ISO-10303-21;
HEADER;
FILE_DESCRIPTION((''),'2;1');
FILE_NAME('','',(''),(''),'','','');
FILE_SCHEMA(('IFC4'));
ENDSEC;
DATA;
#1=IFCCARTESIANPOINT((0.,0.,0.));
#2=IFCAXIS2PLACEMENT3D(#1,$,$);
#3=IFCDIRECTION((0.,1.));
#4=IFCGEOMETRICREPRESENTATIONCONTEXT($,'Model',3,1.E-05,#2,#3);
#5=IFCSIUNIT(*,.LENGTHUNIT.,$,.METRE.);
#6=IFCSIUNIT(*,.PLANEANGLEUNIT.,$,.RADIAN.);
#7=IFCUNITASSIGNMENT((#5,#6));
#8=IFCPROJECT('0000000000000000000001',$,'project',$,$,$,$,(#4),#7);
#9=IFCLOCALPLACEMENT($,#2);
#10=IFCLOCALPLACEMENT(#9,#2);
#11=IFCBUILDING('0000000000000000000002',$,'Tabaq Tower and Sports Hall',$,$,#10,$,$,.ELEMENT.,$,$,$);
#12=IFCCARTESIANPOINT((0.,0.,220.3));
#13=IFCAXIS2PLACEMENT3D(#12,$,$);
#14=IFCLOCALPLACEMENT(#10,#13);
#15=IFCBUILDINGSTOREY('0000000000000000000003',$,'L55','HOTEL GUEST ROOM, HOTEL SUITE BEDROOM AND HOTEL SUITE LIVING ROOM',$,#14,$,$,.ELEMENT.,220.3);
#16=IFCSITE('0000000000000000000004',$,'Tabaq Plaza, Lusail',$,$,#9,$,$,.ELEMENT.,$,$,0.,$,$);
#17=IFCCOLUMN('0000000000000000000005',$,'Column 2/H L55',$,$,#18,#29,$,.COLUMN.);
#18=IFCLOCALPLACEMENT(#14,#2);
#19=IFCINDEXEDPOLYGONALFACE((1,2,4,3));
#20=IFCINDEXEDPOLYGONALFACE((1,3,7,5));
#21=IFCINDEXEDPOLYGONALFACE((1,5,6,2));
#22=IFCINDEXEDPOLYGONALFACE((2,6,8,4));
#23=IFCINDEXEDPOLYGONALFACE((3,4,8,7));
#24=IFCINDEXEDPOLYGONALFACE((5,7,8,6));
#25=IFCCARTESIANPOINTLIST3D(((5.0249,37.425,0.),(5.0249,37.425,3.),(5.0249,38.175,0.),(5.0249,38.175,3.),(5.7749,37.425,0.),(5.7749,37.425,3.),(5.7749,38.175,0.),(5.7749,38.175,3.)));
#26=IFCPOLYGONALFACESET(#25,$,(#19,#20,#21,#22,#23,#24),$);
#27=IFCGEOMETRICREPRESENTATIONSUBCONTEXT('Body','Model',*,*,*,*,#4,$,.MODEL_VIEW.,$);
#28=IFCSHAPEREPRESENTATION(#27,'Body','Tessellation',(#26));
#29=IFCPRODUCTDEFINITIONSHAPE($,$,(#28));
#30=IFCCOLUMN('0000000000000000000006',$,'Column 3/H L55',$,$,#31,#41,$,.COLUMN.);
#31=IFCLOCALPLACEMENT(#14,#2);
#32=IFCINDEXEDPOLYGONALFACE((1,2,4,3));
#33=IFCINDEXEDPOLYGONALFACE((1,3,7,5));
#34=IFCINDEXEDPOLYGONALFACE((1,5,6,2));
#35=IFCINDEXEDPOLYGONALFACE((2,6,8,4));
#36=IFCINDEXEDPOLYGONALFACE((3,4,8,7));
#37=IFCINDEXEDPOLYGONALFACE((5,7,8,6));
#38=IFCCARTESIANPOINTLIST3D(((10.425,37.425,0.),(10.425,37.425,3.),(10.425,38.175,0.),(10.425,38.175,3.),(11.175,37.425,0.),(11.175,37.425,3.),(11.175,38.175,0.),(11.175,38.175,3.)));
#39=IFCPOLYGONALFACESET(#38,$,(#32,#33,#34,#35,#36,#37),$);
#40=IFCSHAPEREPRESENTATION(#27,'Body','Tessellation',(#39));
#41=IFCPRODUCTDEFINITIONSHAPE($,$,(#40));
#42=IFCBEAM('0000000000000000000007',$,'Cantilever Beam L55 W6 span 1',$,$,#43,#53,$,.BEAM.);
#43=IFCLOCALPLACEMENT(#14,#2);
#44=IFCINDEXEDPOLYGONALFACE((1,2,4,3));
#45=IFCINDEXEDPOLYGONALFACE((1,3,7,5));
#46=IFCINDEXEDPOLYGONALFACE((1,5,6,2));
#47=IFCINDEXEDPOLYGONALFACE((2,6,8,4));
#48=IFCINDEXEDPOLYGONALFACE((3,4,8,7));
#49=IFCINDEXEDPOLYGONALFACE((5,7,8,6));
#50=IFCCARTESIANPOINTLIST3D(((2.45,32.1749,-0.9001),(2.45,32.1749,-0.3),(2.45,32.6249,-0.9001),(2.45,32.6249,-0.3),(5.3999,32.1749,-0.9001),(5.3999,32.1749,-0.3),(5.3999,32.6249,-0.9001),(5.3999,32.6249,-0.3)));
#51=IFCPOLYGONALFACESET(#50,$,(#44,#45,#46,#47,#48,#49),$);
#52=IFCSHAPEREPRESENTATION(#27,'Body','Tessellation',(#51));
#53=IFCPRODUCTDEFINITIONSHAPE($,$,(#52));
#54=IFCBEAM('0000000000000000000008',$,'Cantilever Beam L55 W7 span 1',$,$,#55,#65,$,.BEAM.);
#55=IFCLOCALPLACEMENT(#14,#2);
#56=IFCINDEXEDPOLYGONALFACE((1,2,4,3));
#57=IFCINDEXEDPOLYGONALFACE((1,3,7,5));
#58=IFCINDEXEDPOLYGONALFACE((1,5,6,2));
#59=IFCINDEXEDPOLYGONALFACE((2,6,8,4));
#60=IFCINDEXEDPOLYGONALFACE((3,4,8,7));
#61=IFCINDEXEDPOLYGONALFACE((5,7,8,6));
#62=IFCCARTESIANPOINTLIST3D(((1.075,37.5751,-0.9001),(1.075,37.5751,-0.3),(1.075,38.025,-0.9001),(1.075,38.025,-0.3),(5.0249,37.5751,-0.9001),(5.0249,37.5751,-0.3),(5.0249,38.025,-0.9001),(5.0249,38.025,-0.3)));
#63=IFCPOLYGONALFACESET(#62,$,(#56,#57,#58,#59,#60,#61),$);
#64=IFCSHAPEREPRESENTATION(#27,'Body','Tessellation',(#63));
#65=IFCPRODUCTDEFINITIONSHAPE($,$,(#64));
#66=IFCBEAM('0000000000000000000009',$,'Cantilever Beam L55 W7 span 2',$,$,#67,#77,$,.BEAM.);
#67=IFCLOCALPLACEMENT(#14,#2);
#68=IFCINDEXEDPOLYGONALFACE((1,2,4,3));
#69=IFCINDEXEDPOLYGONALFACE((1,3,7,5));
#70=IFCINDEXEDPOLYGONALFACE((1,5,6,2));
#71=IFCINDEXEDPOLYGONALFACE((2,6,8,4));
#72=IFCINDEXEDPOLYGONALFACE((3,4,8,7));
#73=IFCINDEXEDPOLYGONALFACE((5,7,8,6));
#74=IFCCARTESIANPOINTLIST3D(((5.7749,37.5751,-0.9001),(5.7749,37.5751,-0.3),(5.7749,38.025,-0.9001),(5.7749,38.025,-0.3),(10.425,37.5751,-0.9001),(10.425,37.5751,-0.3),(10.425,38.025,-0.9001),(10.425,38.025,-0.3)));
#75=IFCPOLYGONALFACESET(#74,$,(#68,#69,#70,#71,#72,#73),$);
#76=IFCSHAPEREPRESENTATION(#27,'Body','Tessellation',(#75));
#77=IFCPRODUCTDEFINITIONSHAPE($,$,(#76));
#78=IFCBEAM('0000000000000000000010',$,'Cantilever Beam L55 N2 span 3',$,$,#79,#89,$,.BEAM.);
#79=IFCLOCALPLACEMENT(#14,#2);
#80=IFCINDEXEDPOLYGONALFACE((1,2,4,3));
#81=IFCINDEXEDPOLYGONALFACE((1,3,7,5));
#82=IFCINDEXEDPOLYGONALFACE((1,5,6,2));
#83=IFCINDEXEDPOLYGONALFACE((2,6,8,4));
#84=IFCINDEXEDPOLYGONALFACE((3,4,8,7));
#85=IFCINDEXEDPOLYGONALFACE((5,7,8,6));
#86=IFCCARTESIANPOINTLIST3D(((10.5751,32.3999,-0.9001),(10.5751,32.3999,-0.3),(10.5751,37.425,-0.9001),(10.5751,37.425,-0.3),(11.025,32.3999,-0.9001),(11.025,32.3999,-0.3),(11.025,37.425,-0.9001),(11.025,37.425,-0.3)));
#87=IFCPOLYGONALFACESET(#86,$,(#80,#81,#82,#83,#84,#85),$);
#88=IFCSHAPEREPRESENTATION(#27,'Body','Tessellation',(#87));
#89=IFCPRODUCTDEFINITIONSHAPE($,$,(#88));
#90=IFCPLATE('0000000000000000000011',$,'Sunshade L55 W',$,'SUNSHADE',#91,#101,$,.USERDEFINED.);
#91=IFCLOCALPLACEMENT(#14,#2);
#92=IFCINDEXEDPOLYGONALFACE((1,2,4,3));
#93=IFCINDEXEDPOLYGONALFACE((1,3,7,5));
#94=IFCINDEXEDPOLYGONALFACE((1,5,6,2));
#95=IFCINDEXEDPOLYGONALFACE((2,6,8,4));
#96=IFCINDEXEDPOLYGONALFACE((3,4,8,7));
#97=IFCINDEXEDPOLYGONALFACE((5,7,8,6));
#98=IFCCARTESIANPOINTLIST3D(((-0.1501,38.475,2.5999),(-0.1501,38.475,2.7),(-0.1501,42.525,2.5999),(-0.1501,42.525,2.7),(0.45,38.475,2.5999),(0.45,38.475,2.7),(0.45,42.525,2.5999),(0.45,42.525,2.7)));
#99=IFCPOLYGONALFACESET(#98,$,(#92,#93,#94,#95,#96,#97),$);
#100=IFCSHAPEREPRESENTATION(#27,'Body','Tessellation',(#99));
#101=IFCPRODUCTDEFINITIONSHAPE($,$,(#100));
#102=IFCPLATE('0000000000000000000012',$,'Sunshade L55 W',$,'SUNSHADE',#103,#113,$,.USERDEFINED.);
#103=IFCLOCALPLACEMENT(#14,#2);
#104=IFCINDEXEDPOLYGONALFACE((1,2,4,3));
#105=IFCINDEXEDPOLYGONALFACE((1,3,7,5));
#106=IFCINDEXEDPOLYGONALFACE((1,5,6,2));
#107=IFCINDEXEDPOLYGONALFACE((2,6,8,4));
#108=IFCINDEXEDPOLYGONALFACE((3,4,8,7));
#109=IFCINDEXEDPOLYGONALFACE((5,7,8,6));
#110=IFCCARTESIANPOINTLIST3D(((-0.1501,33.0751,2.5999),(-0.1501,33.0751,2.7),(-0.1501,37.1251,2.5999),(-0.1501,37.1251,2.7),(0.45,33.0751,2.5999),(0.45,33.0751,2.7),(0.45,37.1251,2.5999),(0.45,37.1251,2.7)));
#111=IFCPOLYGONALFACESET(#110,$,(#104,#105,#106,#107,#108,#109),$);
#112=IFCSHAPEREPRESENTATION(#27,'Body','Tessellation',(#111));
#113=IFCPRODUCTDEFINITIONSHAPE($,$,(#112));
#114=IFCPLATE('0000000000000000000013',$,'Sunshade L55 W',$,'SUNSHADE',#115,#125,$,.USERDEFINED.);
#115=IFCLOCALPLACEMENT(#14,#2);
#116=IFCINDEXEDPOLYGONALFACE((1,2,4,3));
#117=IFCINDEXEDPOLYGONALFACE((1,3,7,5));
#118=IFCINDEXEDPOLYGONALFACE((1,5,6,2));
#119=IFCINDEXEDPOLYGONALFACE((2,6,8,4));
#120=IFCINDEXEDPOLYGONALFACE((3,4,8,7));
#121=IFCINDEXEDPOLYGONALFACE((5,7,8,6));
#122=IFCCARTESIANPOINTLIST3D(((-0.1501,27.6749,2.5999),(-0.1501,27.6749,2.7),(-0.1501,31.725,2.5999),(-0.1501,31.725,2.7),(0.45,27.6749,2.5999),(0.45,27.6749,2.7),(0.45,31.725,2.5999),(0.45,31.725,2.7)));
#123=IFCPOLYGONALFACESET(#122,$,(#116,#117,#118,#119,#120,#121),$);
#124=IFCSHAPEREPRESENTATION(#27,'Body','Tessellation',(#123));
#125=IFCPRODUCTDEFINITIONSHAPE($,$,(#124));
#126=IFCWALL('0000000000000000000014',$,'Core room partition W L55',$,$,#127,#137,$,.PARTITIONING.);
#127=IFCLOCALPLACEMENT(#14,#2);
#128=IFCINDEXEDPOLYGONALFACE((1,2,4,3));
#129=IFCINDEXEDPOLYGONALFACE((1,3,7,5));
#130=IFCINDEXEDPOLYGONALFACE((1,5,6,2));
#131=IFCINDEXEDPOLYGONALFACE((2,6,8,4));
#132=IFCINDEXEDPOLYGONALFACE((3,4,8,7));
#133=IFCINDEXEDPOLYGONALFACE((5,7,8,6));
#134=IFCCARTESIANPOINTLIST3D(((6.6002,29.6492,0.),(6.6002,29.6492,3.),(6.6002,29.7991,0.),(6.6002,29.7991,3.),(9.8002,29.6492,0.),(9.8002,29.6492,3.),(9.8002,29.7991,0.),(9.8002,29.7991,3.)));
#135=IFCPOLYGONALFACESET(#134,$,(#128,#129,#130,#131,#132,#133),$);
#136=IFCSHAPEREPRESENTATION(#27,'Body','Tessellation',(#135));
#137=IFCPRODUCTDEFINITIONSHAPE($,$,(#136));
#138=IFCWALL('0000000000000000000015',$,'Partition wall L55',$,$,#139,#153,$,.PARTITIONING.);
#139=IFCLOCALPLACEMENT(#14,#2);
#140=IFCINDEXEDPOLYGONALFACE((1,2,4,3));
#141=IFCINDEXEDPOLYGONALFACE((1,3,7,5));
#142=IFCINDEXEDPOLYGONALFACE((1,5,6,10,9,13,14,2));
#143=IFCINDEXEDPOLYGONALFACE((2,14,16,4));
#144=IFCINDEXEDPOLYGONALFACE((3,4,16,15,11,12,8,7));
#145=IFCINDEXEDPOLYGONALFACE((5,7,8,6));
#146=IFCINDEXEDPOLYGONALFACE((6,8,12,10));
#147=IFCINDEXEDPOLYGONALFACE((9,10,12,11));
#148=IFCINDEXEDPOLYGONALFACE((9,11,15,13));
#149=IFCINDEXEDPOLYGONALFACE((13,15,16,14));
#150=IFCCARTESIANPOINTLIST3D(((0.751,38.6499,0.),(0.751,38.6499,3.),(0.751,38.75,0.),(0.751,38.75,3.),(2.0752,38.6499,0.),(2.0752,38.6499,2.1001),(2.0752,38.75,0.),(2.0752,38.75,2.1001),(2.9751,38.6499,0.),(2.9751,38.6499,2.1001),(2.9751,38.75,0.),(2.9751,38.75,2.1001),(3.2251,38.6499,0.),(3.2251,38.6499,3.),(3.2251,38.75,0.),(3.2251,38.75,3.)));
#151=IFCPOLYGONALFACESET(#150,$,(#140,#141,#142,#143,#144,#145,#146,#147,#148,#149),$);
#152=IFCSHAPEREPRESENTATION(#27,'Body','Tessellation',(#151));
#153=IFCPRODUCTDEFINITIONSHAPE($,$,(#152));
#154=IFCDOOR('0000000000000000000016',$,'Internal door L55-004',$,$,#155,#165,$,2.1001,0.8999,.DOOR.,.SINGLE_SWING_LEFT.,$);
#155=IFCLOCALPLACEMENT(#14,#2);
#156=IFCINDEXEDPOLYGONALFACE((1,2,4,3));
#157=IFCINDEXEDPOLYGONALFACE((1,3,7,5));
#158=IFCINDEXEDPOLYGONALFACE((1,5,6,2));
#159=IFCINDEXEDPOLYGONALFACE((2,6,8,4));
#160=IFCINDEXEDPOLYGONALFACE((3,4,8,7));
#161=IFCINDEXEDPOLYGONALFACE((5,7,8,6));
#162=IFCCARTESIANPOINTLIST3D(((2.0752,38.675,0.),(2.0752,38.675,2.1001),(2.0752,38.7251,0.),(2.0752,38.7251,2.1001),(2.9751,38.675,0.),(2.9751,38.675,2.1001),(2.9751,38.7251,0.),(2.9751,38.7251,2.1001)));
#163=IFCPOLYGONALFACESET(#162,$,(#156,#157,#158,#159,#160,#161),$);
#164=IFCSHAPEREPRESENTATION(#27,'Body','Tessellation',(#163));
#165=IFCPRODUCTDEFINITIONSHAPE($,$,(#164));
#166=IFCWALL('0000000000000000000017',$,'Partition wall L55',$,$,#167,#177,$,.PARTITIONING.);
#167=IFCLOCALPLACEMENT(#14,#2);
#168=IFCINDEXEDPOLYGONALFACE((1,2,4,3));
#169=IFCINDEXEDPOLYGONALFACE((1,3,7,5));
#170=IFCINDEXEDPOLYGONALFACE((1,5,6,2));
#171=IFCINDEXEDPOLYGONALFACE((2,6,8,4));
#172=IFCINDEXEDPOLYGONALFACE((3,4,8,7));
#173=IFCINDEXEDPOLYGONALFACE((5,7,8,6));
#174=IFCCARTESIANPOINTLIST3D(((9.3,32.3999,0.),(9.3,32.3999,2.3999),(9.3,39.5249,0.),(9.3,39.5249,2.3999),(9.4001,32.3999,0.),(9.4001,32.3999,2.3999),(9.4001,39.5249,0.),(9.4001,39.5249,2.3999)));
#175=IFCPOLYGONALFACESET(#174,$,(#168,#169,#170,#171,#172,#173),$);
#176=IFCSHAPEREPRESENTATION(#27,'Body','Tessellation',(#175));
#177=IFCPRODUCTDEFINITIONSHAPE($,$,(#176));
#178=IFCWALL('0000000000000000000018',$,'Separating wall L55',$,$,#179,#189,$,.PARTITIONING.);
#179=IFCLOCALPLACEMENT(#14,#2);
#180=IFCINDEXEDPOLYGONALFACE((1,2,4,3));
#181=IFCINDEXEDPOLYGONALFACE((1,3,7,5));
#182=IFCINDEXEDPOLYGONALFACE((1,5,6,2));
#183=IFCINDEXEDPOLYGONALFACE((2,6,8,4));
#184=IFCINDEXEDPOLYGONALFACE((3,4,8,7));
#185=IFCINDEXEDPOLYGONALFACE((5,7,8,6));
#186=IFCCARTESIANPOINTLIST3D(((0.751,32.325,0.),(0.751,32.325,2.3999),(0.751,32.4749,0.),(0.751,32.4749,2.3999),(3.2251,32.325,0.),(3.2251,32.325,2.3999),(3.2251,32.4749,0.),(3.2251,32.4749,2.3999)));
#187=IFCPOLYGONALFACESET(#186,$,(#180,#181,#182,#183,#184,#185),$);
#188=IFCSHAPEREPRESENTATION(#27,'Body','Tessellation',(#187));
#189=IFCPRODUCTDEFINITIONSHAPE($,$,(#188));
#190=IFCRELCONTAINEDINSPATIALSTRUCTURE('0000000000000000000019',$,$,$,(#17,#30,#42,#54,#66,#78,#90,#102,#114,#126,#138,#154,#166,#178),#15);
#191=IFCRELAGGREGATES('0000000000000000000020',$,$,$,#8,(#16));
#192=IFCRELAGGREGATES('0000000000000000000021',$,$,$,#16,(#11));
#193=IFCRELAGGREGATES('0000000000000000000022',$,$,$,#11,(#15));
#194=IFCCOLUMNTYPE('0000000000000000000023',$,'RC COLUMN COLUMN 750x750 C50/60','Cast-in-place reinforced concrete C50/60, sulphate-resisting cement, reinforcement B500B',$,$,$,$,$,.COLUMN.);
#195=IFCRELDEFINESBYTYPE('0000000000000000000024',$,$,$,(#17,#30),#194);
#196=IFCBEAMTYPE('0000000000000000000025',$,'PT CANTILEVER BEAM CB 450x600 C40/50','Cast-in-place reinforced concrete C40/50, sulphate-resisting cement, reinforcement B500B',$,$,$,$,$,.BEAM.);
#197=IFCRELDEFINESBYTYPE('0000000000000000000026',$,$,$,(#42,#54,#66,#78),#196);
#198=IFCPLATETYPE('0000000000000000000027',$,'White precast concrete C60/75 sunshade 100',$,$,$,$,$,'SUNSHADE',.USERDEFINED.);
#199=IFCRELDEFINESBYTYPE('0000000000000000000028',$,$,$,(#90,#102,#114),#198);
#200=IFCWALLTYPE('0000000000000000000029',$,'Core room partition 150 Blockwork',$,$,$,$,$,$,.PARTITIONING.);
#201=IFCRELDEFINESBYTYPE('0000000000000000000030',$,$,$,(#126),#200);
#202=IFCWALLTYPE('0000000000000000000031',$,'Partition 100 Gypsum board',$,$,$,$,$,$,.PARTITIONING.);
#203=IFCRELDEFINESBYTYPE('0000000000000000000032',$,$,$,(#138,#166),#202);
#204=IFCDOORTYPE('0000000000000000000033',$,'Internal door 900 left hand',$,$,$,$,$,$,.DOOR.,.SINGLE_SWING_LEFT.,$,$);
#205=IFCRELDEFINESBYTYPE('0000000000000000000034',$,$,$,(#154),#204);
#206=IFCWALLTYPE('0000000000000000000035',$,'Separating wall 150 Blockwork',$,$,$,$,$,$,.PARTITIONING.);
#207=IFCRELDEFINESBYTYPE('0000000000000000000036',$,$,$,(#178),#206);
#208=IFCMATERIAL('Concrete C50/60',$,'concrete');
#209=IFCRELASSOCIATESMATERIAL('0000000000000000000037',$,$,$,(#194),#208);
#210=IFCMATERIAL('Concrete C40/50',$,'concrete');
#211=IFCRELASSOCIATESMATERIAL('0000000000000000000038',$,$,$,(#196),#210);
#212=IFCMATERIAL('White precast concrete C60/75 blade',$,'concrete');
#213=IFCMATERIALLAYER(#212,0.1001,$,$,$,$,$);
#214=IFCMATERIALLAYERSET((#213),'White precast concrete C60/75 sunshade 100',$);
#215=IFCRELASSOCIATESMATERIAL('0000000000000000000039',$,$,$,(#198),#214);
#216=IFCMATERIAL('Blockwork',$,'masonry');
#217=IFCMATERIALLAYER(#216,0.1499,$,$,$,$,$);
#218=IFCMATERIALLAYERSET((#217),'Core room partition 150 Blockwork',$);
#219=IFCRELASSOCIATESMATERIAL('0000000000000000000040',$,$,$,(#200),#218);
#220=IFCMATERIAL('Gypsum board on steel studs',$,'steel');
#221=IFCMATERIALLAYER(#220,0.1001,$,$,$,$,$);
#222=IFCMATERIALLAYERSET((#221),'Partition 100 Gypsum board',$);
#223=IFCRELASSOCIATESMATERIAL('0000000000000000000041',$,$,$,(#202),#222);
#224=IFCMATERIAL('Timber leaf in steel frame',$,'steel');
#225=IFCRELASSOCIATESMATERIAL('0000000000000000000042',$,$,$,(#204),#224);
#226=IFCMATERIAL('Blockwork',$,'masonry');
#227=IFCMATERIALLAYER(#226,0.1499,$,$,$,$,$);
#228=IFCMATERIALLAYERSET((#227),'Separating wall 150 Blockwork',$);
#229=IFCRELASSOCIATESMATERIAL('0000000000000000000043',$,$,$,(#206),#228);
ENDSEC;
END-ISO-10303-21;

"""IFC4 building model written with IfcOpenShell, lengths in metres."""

from ifc_helpers import new_model, si_unit, direction, frame, frame_2d, origin, origin_2d, place, context, subcontext, project, spatial, rectangle, extrude, material, layer, layer_set, material_profile, profile_set, type_object, element, fill, save


model = new_model("IFC4")

# Units and contexts
model_context = context("Model", 3, precision=1e-05, world=origin(), true_north=direction((0.0, 1.0)))
body_context = subcontext(model_context, "Body", "Model", "MODEL_VIEW")
ifc_project = project(units=[si_unit("LENGTHUNIT", "METRE"), si_unit("PLANEANGLEUNIT", "RADIAN")], contexts=[model_context])

# Site, building, storey
site_placement = place(None, origin())
site = spatial("IfcSite", under=ifc_project, at=site_placement, Name="Tabaq Plaza, Lusail", CompositionType="ELEMENT", RefElevation=0.0)
building_placement = place(site_placement, origin())
building = spatial("IfcBuilding", under=site, at=building_placement, Name="Tabaq Tower and Sports Hall", CompositionType="ELEMENT")
storey_placement = place(building_placement, frame((0.0, 0.0, 220.3)))
storey = spatial("IfcBuildingStorey", under=building, at=storey_placement, Name="L55", Description="HOTEL GUEST ROOM, HOTEL SUITE BEDROOM AND HOTEL SUITE LIVING ROOM", CompositionType="ELEMENT", Elevation=220.3)

# Columns
ifc_material_1 = material(Name="Concrete C50/60", Category="concrete")
ifc_material_profile_1 = material_profile(ifc_material_1, rectangle(XDim=0.75, YDim=0.75, at=origin_2d()), Name="COLUMN 750x750")
ifc_profile_set_1 = profile_set([ifc_material_profile_1], Name="Concrete C50/60")
column_type = type_object("IfcColumnType", Name="RC COLUMN COLUMN 750x750 C50/60", Description="Cast-in-place reinforced concrete C50/60, sulphate-resisting cement, reinforcement B500B", PredefinedType="COLUMN", material=ifc_profile_set_1)
for number, where, z_axis, x_axis, name in (
    (1, (5.3999, 37.8, 0.0), (0.0, 0.0, 1.0), (1.0, 0.0, 0.0), "Column 2/H L55"),
    (2, (10.8, 37.8, 0.0), (0.0, 0.0, 1.0), (1.0, 0.0, 0.0), "Column 3/H L55"),
):
    element("IfcColumn", number, at=place(storey_placement, frame(where, z_axis=z_axis, x_axis=x_axis)), inside=storey, type_object=column_type, Name=name, PredefinedType="COLUMN", context=body_context, shape_type="SweptSolid", body=[
        extrude(rectangle(XDim=0.75, YDim=0.75, at=origin_2d()), origin(), (0.0, 0.0, 1.0), 3.0),
    ])

# Beams
ifc_material_2 = material(Name="Concrete C40/50", Category="concrete")
ifc_material_profile_2 = material_profile(ifc_material_2, rectangle(XDim=0.45, YDim=0.6001, at=origin_2d()), Name="CB 450x600")
ifc_profile_set_2 = profile_set([ifc_material_profile_2], Name="Concrete C40/50")
beam_type = type_object("IfcBeamType", Name="PT CANTILEVER BEAM CB 450x600 C40/50", Description="Cast-in-place reinforced concrete C40/50, sulphate-resisting cement, reinforcement B500B", PredefinedType="BEAM", material=ifc_profile_set_2)
beam_1_placement = place(storey_placement, frame((2.45, 32.3999, -0.6001), z_axis=(1.0, 0.0, 0.0), x_axis=(0.0, 1.0, 0.0)))
element("IfcBeam", 3, at=beam_1_placement, inside=storey, type_object=beam_type, Name="Cantilever Beam L55 W6 span 1", PredefinedType="BEAM", context=body_context, shape_type="SweptSolid", body=[
    extrude(rectangle(XDim=0.45, YDim=0.6001, at=origin_2d()), origin(), (0.0, 0.0, 1.0), 2.95),
])
beam_2_placement = place(storey_placement, frame((1.075, 37.8, -0.6001), z_axis=(1.0, 0.0, 0.0), x_axis=(0.0, 1.0, 0.0)))
element("IfcBeam", 4, at=beam_2_placement, inside=storey, type_object=beam_type, Name="Cantilever Beam L55 W7 span 1", PredefinedType="BEAM", context=body_context, shape_type="SweptSolid", body=[
    extrude(rectangle(XDim=0.45, YDim=0.6001, at=origin_2d()), origin(), (0.0, 0.0, 1.0), 3.95),
])
beam_3_placement = place(storey_placement, frame((5.7749, 37.8, -0.6001), z_axis=(1.0, 0.0, 0.0), x_axis=(0.0, 1.0, 0.0)))
element("IfcBeam", 5, at=beam_3_placement, inside=storey, type_object=beam_type, Name="Cantilever Beam L55 W7 span 2", PredefinedType="BEAM", context=body_context, shape_type="SweptSolid", body=[
    extrude(rectangle(XDim=0.45, YDim=0.6001, at=origin_2d()), origin(), (0.0, 0.0, 1.0), 4.6501),
])
beam_4_placement = place(storey_placement, frame((10.8, 37.425, -0.6001), z_axis=(0.0, -1.0, 0.0), x_axis=(1.0, 0.0, 0.0)))
element("IfcBeam", 6, at=beam_4_placement, inside=storey, type_object=beam_type, Name="Cantilever Beam L55 N2 span 3", PredefinedType="BEAM", context=body_context, shape_type="SweptSolid", body=[
    extrude(rectangle(XDim=0.45, YDim=0.6001, at=origin_2d()), origin(), (0.0, 0.0, 1.0), 5.0251),
])

# Plates
ifc_material_3 = material(Name="White precast concrete C60/75 blade", Category="concrete")
ifc_layer_1 = layer(ifc_material_3, 0.1001)
ifc_layer_set_1 = layer_set([ifc_layer_1], Name="White precast concrete C60/75 sunshade 100")
plate_type = type_object("IfcPlateType", Name="White precast concrete C60/75 sunshade 100", ElementType="SUNSHADE", PredefinedType="USERDEFINED", material=ifc_layer_set_1)
for number, where, z_axis, x_axis, name in (
    (7, (0.1499, 40.5, 2.5999), (0.0, 0.0, 1.0), (0.0, -1.0, 0.0), "Sunshade L55 W"),
    (8, (0.1499, 35.1001, 2.5999), (0.0, 0.0, 1.0), (0.0, -1.0, 0.0), "Sunshade L55 W"),
    (9, (0.1499, 29.7, 2.5999), (0.0, 0.0, 1.0), (0.0, -1.0, 0.0), "Sunshade L55 W"),
):
    element("IfcPlate", number, at=place(storey_placement, frame(where, z_axis=z_axis, x_axis=x_axis)), inside=storey, type_object=plate_type, Name=name, ObjectType="SUNSHADE", PredefinedType="USERDEFINED", context=body_context, shape_type="SweptSolid", body=[
        extrude(rectangle(XDim=4.05, YDim=0.6001, at=origin_2d()), origin(), (0.0, 0.0, 1.0), 0.1001),
    ])

# Wall
ifc_material_4 = material(Name="Blockwork", Category="masonry")
ifc_layer_2 = layer(ifc_material_4, 0.1499)
ifc_layer_set_2 = layer_set([ifc_layer_2], Name="Core room partition 150 Blockwork")
wall_type_1 = type_object("IfcWallType", Name="Core room partition 150 Blockwork", PredefinedType="PARTITIONING", material=ifc_layer_set_2)
wall_1_placement = place(storey_placement, frame((6.6001, 29.7241, 0.0), z_axis=(0.0, 0.0, 1.0), x_axis=(1.0, 0.0, 0.0)))
element("IfcWall", 10, at=wall_1_placement, inside=storey, type_object=wall_type_1, Name="Core room partition W L55", PredefinedType="PARTITIONING", context=body_context, shape_type="SweptSolid", body=[
    extrude(rectangle(XDim=3.2, YDim=0.1499, at=frame_2d((1.6001, 0.0))), origin(), (0.0, 0.0, 1.0), 3.0),
])

# Wall, opening, door
ifc_material_5 = material(Name="Gypsum board on steel studs", Category="steel")
ifc_layer_3 = layer(ifc_material_5, 0.1001)
ifc_layer_set_3 = layer_set([ifc_layer_3], Name="Partition 100 Gypsum board")
wall_type_2 = type_object("IfcWallType", Name="Partition 100 Gypsum board", PredefinedType="PARTITIONING", material=ifc_layer_set_3)
wall_2_placement = place(storey_placement, frame((3.2251, 38.7, 0.0), z_axis=(0.0, 0.0, 1.0), x_axis=(-1.0, 0.0, 0.0)))
wall_2 = element("IfcWall", 11, at=wall_2_placement, inside=storey, type_object=wall_type_2, Name="Partition wall L55", PredefinedType="PARTITIONING", context=body_context, shape_type="SweptSolid", body=[
    extrude(rectangle(XDim=2.4741, YDim=0.1001, at=frame_2d((1.2371, 0.0))), origin(), (0.0, 0.0, 1.0), 3.0),
])
opening_1_placement = place(wall_2_placement, frame((0.25, 0.0, 0.0)))
opening_1 = element("IfcOpeningElement", 12, at=opening_1_placement, cuts=wall_2, PredefinedType="OPENING", context=body_context, shape_type="SweptSolid", body=[
    extrude(rectangle(XDim=0.8999, YDim=2.1001, at=frame_2d((0.45, 1.05))), frame((0.0, 0.05, 0.0), z_axis=(0.0, -1.0, 0.0), x_axis=(1.0, 0.0, 0.0)), (0.0, 0.0, 1.0), 0.1001),
])
ifc_material_6 = material(Name="Timber leaf in steel frame", Category="steel")
door_type_1 = type_object("IfcDoorType", Name="Internal door 900 left hand", OperationType="SINGLE_SWING_LEFT", PredefinedType="DOOR", material=ifc_material_6)
door_1_placement = place(opening_1_placement, origin())
door_1 = element("IfcDoor", 13, at=door_1_placement, inside=storey, type_object=door_type_1, Name="Internal door L55-004", OperationType="SINGLE_SWING_LEFT", OverallHeight=2.1001, OverallWidth=0.8999, PredefinedType="DOOR", context=body_context, shape_type="SweptSolid", body=[
    extrude(rectangle(XDim=0.8999, YDim=2.1001, at=frame_2d((0.45, 1.05))), frame((0.0, 0.0249, 0.0), z_axis=(0.0, -1.0, 0.0), x_axis=(1.0, 0.0, 0.0)), (0.0, 0.0, 1.0), 0.05),
])
fill(opening_1, door_1)

# Walls
wall_3_placement = place(storey_placement, frame((9.3501, 39.5249, 0.0), z_axis=(0.0, 0.0, 1.0), x_axis=(0.0, -1.0, 0.0)))
element("IfcWall", 14, at=wall_3_placement, inside=storey, type_object=wall_type_2, Name="Partition wall L55", PredefinedType="PARTITIONING", context=body_context, shape_type="SweptSolid", body=[
    extrude(rectangle(XDim=7.125, YDim=0.1001, at=frame_2d((3.5625, 0.0))), origin(), (0.0, 0.0, 1.0), 2.3999),
])
ifc_material_7 = material(Name="Blockwork", Category="masonry")
ifc_layer_4 = layer(ifc_material_7, 0.1499)
ifc_layer_set_4 = layer_set([ifc_layer_4], Name="Separating wall 150 Blockwork")
wall_type_3 = type_object("IfcWallType", Name="Separating wall 150 Blockwork", PredefinedType="PARTITIONING", material=ifc_layer_set_4)
wall_4_placement = place(storey_placement, frame((0.751, 32.3999, 0.0), z_axis=(0.0, 0.0, 1.0), x_axis=(1.0, 0.0, 0.0)))
element("IfcWall", 15, at=wall_4_placement, inside=storey, type_object=wall_type_3, Name="Separating wall L55", PredefinedType="PARTITIONING", context=body_context, shape_type="SweptSolid", body=[
    extrude(rectangle(XDim=2.4741, YDim=0.1499, at=frame_2d((1.2371, 0.0))), origin(), (0.0, 0.0, 1.0), 2.3999),
])

save(model, "model.ifc")
